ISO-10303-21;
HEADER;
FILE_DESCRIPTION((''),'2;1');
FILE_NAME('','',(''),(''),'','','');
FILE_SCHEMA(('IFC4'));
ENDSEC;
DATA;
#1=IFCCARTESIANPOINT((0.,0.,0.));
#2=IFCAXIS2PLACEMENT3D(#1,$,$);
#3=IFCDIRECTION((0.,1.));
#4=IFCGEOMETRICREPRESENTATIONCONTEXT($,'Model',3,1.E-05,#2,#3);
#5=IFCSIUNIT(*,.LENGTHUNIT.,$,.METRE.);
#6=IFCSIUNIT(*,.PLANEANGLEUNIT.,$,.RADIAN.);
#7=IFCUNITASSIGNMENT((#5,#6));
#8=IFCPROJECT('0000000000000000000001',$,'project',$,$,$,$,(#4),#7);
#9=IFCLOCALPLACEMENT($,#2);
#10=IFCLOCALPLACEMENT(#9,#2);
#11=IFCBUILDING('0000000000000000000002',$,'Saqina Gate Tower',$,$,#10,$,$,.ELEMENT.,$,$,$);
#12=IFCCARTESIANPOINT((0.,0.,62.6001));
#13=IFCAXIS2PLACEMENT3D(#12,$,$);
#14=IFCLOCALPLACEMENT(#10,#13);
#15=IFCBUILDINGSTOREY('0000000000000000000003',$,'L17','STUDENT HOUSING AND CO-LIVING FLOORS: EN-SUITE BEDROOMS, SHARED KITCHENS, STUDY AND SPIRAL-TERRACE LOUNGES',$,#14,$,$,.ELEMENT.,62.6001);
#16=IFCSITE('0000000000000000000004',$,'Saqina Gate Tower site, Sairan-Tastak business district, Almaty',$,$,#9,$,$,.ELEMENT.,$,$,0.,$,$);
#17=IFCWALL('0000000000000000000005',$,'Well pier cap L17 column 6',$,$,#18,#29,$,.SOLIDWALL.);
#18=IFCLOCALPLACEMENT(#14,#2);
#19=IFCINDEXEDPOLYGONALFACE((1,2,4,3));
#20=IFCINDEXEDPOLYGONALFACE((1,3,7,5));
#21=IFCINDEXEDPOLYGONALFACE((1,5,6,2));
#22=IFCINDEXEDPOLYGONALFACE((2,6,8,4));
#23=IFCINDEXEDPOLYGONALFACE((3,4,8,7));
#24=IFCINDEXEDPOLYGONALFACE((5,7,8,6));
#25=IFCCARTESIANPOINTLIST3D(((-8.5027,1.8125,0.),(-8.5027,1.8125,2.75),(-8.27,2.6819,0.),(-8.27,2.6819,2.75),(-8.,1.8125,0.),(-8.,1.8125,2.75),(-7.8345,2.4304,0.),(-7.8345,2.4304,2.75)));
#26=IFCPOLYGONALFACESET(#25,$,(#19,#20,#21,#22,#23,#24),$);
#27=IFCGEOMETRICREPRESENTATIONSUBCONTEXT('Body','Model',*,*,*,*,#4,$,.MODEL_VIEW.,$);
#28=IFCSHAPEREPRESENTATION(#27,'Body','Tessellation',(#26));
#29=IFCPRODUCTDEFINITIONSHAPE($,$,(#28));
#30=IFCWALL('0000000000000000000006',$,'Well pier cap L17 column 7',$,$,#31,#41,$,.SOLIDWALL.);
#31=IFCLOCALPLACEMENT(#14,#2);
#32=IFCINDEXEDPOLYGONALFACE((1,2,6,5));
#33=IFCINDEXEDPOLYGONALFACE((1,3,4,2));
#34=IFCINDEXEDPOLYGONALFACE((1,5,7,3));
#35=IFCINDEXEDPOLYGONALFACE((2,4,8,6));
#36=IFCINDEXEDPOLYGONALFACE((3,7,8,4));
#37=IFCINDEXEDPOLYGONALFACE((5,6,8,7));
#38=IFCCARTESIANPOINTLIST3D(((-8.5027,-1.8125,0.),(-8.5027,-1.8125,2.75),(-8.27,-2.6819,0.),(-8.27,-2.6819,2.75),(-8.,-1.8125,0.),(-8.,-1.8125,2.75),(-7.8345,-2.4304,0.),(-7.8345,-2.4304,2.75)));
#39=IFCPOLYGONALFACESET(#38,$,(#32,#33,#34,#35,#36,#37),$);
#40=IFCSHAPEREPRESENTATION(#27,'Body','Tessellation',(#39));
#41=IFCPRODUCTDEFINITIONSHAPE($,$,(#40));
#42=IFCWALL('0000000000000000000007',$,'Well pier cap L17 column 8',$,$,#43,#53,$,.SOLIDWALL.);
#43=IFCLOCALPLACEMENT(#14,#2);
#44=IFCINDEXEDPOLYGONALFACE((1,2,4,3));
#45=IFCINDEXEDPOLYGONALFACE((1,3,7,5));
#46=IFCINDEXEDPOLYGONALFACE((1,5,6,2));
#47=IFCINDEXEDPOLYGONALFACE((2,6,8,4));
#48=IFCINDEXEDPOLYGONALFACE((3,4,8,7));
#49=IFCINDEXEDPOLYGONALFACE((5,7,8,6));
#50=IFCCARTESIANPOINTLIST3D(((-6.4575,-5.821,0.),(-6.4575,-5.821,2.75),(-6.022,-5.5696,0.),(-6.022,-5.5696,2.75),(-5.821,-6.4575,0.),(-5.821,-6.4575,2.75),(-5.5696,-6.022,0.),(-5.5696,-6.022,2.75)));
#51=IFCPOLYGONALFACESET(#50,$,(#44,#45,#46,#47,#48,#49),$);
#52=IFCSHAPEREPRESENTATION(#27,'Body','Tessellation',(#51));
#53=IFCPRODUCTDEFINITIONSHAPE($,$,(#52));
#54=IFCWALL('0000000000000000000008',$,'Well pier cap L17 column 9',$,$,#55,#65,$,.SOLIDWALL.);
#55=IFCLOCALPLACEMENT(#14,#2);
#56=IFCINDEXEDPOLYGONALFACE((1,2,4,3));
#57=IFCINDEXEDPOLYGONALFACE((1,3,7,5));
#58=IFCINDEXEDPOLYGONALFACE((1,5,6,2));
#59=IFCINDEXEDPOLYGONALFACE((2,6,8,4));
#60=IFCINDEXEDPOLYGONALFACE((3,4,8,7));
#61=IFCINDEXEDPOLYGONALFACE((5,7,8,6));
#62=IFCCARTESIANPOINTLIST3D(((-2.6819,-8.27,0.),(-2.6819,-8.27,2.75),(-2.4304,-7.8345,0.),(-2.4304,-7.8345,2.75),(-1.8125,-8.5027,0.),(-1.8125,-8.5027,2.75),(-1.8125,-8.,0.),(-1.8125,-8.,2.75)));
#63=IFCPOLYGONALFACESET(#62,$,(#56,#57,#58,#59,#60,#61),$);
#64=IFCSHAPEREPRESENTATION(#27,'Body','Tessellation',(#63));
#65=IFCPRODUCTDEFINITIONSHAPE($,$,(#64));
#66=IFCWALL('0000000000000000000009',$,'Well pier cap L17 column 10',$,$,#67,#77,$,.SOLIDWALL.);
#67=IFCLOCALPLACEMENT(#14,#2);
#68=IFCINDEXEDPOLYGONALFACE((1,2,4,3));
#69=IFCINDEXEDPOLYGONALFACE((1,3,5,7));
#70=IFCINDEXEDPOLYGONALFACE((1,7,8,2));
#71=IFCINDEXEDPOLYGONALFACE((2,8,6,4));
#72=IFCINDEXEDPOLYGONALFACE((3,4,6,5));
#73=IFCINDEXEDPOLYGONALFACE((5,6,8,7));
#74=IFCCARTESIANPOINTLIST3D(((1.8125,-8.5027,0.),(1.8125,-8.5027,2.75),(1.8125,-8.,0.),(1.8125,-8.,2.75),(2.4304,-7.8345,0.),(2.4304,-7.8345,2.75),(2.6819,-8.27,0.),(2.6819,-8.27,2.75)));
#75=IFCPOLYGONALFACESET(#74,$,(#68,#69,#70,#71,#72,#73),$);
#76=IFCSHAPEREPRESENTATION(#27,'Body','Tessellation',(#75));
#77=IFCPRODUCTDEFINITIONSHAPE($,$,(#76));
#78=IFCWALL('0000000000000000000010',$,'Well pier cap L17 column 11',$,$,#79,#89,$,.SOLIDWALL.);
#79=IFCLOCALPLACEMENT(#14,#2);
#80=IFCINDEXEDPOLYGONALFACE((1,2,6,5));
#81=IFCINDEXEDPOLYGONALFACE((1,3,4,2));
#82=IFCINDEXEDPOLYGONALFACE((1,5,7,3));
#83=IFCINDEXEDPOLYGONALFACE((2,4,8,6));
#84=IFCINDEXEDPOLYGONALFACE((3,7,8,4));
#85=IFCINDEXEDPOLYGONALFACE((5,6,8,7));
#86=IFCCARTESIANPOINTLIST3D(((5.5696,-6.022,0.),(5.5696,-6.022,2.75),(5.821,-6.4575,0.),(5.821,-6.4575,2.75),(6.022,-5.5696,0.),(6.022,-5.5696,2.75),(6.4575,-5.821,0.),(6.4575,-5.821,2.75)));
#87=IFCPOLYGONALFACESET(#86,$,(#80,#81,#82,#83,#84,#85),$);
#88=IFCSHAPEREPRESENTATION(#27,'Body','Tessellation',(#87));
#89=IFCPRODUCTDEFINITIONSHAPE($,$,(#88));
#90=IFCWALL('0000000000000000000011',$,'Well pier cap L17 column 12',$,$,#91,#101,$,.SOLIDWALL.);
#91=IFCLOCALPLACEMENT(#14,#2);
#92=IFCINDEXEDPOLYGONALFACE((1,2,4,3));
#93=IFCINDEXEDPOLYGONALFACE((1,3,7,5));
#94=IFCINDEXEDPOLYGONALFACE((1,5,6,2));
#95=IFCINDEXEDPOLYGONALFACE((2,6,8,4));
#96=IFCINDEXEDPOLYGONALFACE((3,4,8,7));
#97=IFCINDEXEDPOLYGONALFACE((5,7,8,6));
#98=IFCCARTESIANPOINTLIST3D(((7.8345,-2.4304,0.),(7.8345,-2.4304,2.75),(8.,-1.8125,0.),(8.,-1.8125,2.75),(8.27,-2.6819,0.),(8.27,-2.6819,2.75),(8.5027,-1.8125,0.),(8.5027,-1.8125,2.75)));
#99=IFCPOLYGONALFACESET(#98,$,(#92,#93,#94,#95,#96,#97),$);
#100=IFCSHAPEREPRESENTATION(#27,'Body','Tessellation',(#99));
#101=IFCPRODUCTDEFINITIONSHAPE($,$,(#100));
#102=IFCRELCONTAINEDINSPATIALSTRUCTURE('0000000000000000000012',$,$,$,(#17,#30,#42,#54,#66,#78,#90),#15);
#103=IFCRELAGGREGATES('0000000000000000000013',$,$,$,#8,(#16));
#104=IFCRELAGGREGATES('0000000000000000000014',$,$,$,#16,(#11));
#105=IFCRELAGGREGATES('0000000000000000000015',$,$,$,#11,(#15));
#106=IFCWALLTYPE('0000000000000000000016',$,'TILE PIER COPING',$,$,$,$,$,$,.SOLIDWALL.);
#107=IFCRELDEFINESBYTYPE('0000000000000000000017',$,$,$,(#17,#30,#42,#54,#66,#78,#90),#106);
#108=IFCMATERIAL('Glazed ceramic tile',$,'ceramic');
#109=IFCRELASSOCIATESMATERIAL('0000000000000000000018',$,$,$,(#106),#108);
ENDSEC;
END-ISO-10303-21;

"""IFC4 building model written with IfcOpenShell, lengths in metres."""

from ifc_helpers import new_model, si_unit, direction, frame, origin, place, context, subcontext, project, spatial, polyline, outline, extrude, material, type_object, element, save


model = new_model("IFC4")

# Units and contexts
model_context = context("Model", 3, precision=1e-05, world=origin(), true_north=direction((0.0, 1.0)))
body_context = subcontext(model_context, "Body", "Model", "MODEL_VIEW")
ifc_project = project(units=[si_unit("LENGTHUNIT", "METRE"), si_unit("PLANEANGLEUNIT", "RADIAN")], contexts=[model_context])

# Site, building, storey
site_placement = place(None, origin())
site = spatial("IfcSite", under=ifc_project, at=site_placement, Name="Saqina Gate Tower site, Sairan-Tastak business district, Almaty", CompositionType="ELEMENT", RefElevation=0.0)
building_placement = place(site_placement, origin())
building = spatial("IfcBuilding", under=site, at=building_placement, Name="Saqina Gate Tower", CompositionType="ELEMENT")
storey_placement = place(building_placement, frame((0.0, 0.0, 62.6001)))
storey = spatial("IfcBuildingStorey", under=building, at=storey_placement, Name="L17", Description="STUDENT HOUSING AND CO-LIVING FLOORS: EN-SUITE BEDROOMS, SHARED KITCHENS, STUDY AND SPIRAL-TERRACE LOUNGES", CompositionType="ELEMENT", Elevation=62.6001)

# Walls
ifc_material_1 = material(Name="Glazed ceramic tile", Category="ceramic")
wall_type_1 = type_object("IfcWallType", Name="TILE PIER COPING", PredefinedType="SOLIDWALL", material=ifc_material_1)
wall_1_placement = place(storey_placement, origin())
element("IfcWall", 1, at=wall_1_placement, inside=storey, type_object=wall_type_1, Name="Well pier cap L17 column 6", PredefinedType="SOLIDWALL", context=body_context, shape_type="SweptSolid", body=[
    extrude(outline(polyline([(-8.5027, 1.8125), (-8.0, 1.8125), (-7.8345, 2.4304), (-8.27, 2.6819), (-8.5027, 1.8125)])), origin(), (0.0, 0.0, 1.0), 2.75),
])
wall_2_placement = place(storey_placement, origin())
element("IfcWall", 2, at=wall_2_placement, inside=storey, type_object=wall_type_1, Name="Well pier cap L17 column 7", PredefinedType="SOLIDWALL", context=body_context, shape_type="SweptSolid", body=[
    extrude(outline(polyline([(-8.27, -2.6819), (-7.8345, -2.4304), (-8.0, -1.8125), (-8.5027, -1.8125), (-8.27, -2.6819)])), origin(), (0.0, 0.0, 1.0), 2.75),
])
wall_3_placement = place(storey_placement, origin())
element("IfcWall", 3, at=wall_3_placement, inside=storey, type_object=wall_type_1, Name="Well pier cap L17 column 8", PredefinedType="SOLIDWALL", context=body_context, shape_type="SweptSolid", body=[
    extrude(outline(polyline([(-6.4575, -5.821), (-5.821, -6.4575), (-5.5696, -6.022), (-6.022, -5.5696), (-6.4575, -5.821)])), origin(), (0.0, 0.0, 1.0), 2.75),
])
wall_4_placement = place(storey_placement, origin())
element("IfcWall", 4, at=wall_4_placement, inside=storey, type_object=wall_type_1, Name="Well pier cap L17 column 9", PredefinedType="SOLIDWALL", context=body_context, shape_type="SweptSolid", body=[
    extrude(outline(polyline([(-1.8125, -8.5027), (-1.8125, -8.0), (-2.4304, -7.8345), (-2.6819, -8.27), (-1.8125, -8.5027)])), origin(), (0.0, 0.0, 1.0), 2.75),
])
wall_5_placement = place(storey_placement, origin())
element("IfcWall", 5, at=wall_5_placement, inside=storey, type_object=wall_type_1, Name="Well pier cap L17 column 10", PredefinedType="SOLIDWALL", context=body_context, shape_type="SweptSolid", body=[
    extrude(outline(polyline([(2.6819, -8.27), (2.4304, -7.8345), (1.8125, -8.0), (1.8125, -8.5027), (2.6819, -8.27)])), origin(), (0.0, 0.0, 1.0), 2.75),
])
wall_6_placement = place(storey_placement, origin())
element("IfcWall", 6, at=wall_6_placement, inside=storey, type_object=wall_type_1, Name="Well pier cap L17 column 11", PredefinedType="SOLIDWALL", context=body_context, shape_type="SweptSolid", body=[
    extrude(outline(polyline([(5.821, -6.4575), (6.4575, -5.821), (6.022, -5.5696), (5.5696, -6.022), (5.821, -6.4575)])), origin(), (0.0, 0.0, 1.0), 2.75),
])
wall_7_placement = place(storey_placement, origin())
element("IfcWall", 7, at=wall_7_placement, inside=storey, type_object=wall_type_1, Name="Well pier cap L17 column 12", PredefinedType="SOLIDWALL", context=body_context, shape_type="SweptSolid", body=[
    extrude(outline(polyline([(8.5027, -1.8125), (8.0, -1.8125), (7.8345, -2.4304), (8.27, -2.6819), (8.5027, -1.8125)])), origin(), (0.0, 0.0, 1.0), 2.75),
])

save(model, "model.ifc")
